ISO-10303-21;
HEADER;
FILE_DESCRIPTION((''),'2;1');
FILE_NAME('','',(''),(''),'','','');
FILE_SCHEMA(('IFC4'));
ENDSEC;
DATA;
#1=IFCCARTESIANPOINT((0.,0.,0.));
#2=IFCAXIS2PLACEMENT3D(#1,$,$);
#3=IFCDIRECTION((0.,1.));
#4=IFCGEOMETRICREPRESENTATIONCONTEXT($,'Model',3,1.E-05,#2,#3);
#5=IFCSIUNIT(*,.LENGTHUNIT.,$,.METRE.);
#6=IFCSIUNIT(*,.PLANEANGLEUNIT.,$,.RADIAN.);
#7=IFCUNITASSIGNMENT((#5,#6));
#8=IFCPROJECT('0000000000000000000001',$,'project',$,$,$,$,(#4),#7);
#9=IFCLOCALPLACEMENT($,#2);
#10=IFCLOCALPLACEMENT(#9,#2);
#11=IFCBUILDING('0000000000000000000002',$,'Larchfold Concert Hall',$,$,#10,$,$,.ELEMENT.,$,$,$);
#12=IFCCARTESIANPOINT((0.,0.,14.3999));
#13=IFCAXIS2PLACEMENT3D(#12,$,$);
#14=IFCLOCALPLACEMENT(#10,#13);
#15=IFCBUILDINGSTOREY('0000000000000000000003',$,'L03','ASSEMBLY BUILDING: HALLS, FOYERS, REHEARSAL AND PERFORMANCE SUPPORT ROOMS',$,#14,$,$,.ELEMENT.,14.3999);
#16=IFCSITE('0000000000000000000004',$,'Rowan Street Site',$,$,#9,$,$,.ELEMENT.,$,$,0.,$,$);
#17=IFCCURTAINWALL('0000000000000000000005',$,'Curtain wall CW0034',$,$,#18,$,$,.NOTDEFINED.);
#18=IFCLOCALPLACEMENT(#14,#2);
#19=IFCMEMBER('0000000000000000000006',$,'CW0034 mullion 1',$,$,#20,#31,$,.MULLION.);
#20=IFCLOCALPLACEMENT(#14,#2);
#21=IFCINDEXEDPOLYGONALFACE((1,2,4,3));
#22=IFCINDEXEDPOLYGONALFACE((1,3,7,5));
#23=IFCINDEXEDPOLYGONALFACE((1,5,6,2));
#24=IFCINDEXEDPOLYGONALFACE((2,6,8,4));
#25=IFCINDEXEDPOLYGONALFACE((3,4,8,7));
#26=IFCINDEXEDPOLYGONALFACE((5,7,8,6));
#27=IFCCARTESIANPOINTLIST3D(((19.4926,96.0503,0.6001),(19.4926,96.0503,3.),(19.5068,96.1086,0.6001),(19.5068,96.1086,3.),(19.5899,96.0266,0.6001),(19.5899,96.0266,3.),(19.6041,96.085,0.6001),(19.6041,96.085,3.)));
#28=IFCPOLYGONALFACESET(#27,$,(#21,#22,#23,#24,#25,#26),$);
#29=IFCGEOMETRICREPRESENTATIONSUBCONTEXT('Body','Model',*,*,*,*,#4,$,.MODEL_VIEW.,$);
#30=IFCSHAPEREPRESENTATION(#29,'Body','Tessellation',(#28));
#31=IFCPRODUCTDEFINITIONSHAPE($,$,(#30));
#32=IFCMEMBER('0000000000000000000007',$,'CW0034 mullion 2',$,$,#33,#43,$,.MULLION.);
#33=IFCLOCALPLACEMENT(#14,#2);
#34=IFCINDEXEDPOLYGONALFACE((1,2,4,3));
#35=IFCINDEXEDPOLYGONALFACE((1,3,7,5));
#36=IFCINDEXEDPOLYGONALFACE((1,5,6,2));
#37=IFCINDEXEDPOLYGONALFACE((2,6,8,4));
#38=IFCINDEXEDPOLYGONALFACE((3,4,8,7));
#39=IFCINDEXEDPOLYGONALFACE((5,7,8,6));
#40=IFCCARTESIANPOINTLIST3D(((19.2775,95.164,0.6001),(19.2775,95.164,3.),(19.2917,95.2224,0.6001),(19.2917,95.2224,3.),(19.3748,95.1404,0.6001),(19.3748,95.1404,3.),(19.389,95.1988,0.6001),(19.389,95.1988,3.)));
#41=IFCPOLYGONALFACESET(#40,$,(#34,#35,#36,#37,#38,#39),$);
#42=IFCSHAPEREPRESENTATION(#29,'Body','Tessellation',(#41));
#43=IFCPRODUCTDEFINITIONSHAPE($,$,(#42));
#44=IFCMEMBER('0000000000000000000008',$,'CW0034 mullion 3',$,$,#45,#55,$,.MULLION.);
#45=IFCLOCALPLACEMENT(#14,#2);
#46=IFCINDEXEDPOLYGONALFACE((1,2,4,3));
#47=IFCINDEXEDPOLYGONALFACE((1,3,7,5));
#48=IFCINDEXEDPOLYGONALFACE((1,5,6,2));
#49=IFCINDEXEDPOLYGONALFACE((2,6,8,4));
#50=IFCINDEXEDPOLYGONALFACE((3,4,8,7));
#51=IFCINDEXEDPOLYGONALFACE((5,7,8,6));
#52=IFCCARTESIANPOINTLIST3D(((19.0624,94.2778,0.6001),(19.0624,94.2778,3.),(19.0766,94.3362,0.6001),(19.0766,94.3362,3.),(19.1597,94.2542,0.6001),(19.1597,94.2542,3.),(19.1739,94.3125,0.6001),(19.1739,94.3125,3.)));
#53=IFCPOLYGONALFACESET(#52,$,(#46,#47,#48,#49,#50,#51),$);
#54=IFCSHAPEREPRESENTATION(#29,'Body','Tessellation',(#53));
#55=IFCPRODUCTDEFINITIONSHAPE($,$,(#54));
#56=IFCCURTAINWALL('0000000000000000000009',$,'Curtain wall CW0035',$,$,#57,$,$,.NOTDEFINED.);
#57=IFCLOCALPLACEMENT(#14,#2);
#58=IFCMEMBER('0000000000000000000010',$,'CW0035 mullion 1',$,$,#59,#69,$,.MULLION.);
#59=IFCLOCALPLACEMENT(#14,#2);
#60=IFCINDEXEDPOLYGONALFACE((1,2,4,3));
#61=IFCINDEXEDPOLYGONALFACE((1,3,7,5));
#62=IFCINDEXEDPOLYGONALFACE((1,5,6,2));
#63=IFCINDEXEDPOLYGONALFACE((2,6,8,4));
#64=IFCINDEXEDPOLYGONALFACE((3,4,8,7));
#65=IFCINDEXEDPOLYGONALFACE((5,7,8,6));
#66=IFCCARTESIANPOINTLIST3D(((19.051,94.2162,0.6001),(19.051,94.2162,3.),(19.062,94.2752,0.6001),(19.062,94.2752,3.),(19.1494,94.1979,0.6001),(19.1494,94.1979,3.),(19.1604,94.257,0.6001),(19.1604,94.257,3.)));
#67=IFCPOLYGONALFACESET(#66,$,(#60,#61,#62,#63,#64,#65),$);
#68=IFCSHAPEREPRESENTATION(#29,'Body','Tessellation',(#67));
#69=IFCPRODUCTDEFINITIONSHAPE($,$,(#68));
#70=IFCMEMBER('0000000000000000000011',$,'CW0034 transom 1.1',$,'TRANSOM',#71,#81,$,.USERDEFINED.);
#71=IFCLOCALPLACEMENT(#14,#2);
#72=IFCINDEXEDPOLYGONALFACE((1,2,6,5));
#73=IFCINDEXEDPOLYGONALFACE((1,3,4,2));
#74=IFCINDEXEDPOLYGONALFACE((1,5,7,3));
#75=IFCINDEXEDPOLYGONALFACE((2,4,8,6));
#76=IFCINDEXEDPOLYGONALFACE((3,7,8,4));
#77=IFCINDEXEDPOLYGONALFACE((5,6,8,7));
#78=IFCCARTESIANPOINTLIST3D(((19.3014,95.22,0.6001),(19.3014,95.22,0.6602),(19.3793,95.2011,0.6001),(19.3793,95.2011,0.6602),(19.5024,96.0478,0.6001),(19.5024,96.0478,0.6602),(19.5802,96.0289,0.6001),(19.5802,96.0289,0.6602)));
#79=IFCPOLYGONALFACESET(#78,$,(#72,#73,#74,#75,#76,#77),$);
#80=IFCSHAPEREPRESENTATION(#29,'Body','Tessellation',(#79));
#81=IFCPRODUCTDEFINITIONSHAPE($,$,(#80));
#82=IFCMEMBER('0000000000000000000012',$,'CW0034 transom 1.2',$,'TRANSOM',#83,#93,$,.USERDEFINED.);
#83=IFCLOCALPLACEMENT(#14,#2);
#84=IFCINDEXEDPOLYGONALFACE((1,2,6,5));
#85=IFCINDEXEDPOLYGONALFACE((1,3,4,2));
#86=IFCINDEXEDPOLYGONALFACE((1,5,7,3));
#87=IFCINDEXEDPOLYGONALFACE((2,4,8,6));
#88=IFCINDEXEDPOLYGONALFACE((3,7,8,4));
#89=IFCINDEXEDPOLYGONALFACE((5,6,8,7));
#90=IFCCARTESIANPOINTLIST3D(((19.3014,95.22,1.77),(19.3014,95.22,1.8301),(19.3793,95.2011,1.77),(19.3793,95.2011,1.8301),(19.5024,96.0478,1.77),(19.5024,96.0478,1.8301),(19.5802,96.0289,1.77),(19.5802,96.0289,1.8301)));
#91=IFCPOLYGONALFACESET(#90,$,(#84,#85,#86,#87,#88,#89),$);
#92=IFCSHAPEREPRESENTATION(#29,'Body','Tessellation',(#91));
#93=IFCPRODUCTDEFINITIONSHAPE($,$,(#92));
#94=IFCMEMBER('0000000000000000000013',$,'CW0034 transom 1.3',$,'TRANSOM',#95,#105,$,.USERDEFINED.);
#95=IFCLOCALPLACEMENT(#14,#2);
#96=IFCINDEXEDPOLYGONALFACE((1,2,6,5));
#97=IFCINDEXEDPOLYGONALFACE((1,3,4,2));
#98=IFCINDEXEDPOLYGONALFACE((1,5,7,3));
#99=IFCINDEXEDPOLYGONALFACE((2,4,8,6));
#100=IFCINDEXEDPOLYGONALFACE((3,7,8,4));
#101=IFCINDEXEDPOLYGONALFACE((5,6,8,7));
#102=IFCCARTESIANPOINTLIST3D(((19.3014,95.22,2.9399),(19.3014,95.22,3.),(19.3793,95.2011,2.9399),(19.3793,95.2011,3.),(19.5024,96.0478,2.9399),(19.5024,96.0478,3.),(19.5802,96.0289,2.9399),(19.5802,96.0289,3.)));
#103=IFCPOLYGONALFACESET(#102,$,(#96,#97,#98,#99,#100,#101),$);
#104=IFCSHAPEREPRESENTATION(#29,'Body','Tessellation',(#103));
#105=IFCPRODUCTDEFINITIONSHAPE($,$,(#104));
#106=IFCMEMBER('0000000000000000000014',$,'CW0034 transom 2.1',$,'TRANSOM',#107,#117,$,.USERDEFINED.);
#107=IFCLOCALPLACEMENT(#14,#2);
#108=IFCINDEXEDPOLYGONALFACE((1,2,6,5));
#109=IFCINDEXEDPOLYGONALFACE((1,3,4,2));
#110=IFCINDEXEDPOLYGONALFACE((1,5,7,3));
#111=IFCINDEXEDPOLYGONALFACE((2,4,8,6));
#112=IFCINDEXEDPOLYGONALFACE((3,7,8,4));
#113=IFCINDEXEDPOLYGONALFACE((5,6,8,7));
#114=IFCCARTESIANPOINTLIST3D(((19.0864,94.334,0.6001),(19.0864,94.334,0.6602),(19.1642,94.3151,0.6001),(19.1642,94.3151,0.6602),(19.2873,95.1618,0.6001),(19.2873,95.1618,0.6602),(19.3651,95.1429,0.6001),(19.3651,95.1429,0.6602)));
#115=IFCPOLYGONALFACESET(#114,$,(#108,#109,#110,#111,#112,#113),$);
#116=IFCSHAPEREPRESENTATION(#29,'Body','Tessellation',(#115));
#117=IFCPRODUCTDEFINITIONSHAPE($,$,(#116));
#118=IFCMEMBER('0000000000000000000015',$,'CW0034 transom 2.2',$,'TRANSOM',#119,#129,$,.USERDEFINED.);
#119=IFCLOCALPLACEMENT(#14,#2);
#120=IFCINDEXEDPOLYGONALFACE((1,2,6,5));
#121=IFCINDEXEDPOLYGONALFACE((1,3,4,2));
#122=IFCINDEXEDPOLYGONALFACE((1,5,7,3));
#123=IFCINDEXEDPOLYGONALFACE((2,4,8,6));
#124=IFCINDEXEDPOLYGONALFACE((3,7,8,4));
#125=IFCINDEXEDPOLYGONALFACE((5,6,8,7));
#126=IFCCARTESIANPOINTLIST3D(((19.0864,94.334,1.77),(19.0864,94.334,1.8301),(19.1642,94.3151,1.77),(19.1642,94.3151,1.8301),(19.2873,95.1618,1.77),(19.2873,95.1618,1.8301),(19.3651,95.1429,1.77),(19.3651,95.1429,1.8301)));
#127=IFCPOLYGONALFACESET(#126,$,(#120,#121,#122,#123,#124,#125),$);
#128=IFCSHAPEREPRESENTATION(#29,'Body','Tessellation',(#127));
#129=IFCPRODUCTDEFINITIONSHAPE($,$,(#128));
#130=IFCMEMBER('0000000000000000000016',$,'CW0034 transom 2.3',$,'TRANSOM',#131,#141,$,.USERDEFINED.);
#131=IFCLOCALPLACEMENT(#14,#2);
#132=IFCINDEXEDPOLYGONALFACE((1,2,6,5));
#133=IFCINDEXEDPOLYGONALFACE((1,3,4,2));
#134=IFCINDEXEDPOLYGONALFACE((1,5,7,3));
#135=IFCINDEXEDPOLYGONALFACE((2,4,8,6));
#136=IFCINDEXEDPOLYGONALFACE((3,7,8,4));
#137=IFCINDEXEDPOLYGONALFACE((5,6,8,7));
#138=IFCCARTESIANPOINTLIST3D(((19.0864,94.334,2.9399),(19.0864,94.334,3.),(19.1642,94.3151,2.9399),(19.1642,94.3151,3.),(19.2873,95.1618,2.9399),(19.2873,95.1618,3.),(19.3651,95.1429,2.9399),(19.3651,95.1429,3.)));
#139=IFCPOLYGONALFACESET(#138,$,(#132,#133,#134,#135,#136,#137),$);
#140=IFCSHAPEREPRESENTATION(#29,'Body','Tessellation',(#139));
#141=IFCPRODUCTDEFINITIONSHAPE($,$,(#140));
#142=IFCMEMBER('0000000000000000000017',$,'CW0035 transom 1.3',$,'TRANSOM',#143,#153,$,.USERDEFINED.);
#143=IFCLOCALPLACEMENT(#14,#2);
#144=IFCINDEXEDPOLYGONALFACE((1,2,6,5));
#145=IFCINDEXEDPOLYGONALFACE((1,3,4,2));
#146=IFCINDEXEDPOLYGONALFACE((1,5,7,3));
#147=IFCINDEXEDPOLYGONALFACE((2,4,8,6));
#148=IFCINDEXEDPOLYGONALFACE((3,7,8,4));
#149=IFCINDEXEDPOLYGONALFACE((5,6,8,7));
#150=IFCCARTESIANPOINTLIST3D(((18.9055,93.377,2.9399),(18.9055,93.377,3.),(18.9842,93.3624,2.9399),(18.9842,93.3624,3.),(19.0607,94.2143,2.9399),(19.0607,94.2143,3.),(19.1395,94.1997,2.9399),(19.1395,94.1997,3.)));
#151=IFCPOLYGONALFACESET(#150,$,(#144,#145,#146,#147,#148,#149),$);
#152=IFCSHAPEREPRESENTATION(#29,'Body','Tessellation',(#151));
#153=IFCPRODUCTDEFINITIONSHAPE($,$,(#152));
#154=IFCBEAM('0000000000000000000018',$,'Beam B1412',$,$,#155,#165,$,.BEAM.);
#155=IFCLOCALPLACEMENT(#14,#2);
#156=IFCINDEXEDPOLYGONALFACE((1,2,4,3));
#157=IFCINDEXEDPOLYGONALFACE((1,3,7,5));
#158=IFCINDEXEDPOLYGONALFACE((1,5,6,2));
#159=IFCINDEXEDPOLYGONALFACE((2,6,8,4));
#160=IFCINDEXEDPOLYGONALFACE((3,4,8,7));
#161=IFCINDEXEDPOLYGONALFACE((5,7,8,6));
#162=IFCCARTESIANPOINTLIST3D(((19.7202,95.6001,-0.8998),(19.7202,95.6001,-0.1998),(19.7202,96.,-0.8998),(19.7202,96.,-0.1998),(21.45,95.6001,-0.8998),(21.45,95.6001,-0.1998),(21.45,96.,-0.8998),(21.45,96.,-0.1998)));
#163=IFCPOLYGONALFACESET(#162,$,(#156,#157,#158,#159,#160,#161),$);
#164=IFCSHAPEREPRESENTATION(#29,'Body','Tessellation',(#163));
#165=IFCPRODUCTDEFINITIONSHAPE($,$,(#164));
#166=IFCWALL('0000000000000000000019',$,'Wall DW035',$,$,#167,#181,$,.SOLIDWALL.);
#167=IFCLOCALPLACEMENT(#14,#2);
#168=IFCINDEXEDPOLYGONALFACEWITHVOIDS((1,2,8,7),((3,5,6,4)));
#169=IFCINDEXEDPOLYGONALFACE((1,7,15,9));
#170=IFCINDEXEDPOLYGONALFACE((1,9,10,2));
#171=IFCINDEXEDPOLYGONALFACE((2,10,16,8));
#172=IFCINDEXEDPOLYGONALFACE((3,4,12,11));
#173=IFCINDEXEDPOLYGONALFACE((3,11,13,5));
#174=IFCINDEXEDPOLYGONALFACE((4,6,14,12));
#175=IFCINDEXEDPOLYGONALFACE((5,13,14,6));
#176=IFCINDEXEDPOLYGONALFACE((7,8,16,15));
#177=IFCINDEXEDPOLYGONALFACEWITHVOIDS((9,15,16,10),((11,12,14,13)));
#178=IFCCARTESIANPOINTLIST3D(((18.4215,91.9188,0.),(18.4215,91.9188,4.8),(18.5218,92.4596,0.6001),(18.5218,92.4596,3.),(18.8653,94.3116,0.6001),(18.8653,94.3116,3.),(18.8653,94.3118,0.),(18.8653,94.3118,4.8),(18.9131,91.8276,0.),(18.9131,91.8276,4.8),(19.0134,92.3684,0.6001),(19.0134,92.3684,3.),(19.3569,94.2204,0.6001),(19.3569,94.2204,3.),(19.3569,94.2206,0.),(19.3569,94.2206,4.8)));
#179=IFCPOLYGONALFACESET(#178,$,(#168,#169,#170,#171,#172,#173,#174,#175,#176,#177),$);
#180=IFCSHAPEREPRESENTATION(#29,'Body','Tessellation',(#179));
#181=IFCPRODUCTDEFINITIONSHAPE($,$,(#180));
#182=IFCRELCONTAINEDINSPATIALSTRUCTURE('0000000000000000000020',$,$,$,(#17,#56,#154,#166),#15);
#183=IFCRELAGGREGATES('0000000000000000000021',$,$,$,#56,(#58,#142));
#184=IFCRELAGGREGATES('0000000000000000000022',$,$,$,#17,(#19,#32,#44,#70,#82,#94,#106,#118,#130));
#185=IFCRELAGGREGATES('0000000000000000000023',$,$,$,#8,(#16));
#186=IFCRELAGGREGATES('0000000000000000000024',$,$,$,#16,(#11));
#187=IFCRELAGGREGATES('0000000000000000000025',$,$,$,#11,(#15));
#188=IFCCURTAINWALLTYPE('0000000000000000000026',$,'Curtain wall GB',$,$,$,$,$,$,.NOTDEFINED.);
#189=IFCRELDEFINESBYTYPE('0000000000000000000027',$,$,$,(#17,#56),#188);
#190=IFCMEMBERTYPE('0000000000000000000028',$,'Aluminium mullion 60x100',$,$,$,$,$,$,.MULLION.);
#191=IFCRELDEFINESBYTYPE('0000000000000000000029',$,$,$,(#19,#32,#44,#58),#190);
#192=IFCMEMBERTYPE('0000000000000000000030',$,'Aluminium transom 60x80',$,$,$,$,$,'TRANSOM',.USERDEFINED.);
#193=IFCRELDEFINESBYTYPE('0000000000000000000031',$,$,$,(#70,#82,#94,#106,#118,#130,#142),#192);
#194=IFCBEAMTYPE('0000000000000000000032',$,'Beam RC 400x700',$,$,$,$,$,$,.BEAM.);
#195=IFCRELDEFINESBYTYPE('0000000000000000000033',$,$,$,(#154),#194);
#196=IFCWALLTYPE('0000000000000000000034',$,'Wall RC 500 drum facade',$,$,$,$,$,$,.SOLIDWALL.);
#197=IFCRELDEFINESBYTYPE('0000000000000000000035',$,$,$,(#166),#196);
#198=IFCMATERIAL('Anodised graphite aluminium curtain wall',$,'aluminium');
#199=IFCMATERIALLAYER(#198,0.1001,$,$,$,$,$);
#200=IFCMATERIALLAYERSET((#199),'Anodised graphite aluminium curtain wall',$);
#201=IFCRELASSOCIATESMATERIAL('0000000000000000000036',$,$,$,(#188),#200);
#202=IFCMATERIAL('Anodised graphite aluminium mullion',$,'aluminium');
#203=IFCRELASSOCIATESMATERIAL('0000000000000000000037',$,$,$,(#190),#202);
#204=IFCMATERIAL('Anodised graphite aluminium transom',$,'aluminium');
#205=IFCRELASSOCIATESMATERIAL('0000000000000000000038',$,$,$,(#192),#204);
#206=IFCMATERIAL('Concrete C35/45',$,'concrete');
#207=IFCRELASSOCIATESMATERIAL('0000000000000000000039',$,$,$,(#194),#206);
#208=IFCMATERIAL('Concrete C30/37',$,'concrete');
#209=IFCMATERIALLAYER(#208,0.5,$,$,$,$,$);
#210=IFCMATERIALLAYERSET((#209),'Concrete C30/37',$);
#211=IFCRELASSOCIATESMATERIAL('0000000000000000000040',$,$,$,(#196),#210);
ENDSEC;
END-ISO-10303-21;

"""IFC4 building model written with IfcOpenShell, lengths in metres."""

from ifc_helpers import new_model, si_unit, direction, frame, frame_2d, origin, origin_2d, place, context, subcontext, project, spatial, rectangle, extrude, material, layer, layer_set, material_profile, profile_set, type_object, element, fill, aggregate, save


model = new_model("IFC4")

# Units and contexts
model_context = context("Model", 3, precision=1e-05, world=origin(), true_north=direction((0.0, 1.0)))
body_context = subcontext(model_context, "Body", "Model", "MODEL_VIEW")
ifc_project = project(units=[si_unit("LENGTHUNIT", "METRE"), si_unit("PLANEANGLEUNIT", "RADIAN")], contexts=[model_context])

# Site, building, storey
site_placement = place(None, origin())
site = spatial("IfcSite", under=ifc_project, at=site_placement, Name="Rowan Street Site", CompositionType="ELEMENT", RefElevation=0.0)
building_placement = place(site_placement, origin())
building = spatial("IfcBuilding", under=site, at=building_placement, Name="Larchfold Concert Hall", CompositionType="ELEMENT")
storey_placement = place(building_placement, frame((0.0, 0.0, 14.3999)))
storey = spatial("IfcBuildingStorey", under=building, at=storey_placement, Name="L03", Description="ASSEMBLY BUILDING: HALLS, FOYERS, REHEARSAL AND PERFORMANCE SUPPORT ROOMS", CompositionType="ELEMENT", Elevation=14.3999)

# Curtain wall, members
ifc_material_1 = material(Name="Anodised graphite aluminium curtain wall", Category="aluminium")
ifc_layer_1 = layer(ifc_material_1, 0.1001)
ifc_layer_set_1 = layer_set([ifc_layer_1], Name="Anodised graphite aluminium curtain wall")
curtain_wall_type = type_object("IfcCurtainWallType", Name="Curtain wall GB", PredefinedType="NOTDEFINED", material=ifc_layer_set_1)
curtain_wall_1_placement = place(storey_placement, origin())
curtain_wall_1 = element("IfcCurtainWall", 1, at=curtain_wall_1_placement, inside=storey, type_object=curtain_wall_type, Name="Curtain wall CW0034", PredefinedType="NOTDEFINED")
ifc_material_2 = material(Name="Anodised graphite aluminium mullion", Category="aluminium")
ifc_material_profile_1 = material_profile(ifc_material_2, rectangle(XDim=0.1001, YDim=0.0601, at=origin_2d()))
ifc_profile_set_1 = profile_set([ifc_material_profile_1], Name="Anodised graphite aluminium mullion")
member_type_1 = type_object("IfcMemberType", Name="Aluminium mullion 60x100", PredefinedType="MULLION", material=ifc_profile_set_1)
member_1_placement = place(storey_placement, frame((19.5483, 96.0676, 0.6001), z_axis=(0.0, 0.0, 1.0), x_axis=(0.971782, -0.235882, 0.0)))
member_1 = element("IfcMember", 2, at=member_1_placement, type_object=member_type_1, Name="CW0034 mullion 1", PredefinedType="MULLION", context=body_context, shape_type="SweptSolid", body=[
    extrude(rectangle(XDim=0.1001, YDim=0.0601, at=origin_2d()), origin(), (0.0, 0.0, 1.0), 2.3999),
])
member_2_placement = place(storey_placement, frame((19.3333, 95.1814, 0.6001), z_axis=(0.0, 0.0, 1.0), x_axis=(0.971782, -0.235882, 0.0)))
member_2 = element("IfcMember", 3, at=member_2_placement, type_object=member_type_1, Name="CW0034 mullion 2", PredefinedType="MULLION", context=body_context, shape_type="SweptSolid", body=[
    extrude(rectangle(XDim=0.1001, YDim=0.0601, at=origin_2d()), origin(), (0.0, 0.0, 1.0), 2.3999),
])
member_3_placement = place(storey_placement, frame((19.1182, 94.2952, 0.6001), z_axis=(0.0, 0.0, 1.0), x_axis=(0.971782, -0.235882, 0.0)))
member_3 = element("IfcMember", 4, at=member_3_placement, type_object=member_type_1, Name="CW0034 mullion 3", PredefinedType="MULLION", context=body_context, shape_type="SweptSolid", body=[
    extrude(rectangle(XDim=0.1001, YDim=0.0601, at=origin_2d()), origin(), (0.0, 0.0, 1.0), 2.3999),
])

# Curtain wall, member
curtain_wall_2_placement = place(storey_placement, origin())
curtain_wall_2 = element("IfcCurtainWall", 5, at=curtain_wall_2_placement, inside=storey, type_object=curtain_wall_type, Name="Curtain wall CW0035", PredefinedType="NOTDEFINED")
member_4_placement = place(storey_placement, frame((19.1057, 94.2366, 0.6001), z_axis=(0.0, 0.0, 1.0), x_axis=(0.983231, -0.182363, 0.0)))
member_4 = element("IfcMember", 6, at=member_4_placement, type_object=member_type_1, Name="CW0035 mullion 1", PredefinedType="MULLION", context=body_context, shape_type="SweptSolid", body=[
    extrude(rectangle(XDim=0.1001, YDim=0.0601, at=origin_2d()), origin(), (0.0, 0.0, 1.0), 2.3999),
])

# Members
ifc_material_3 = material(Name="Anodised graphite aluminium transom", Category="aluminium")
ifc_material_profile_2 = material_profile(ifc_material_3, rectangle(XDim=0.0801, YDim=0.0601, at=origin_2d()))
ifc_profile_set_2 = profile_set([ifc_material_profile_2], Name="Anodised graphite aluminium transom")
member_type_2 = type_object("IfcMemberType", Name="Aluminium transom 60x80", ElementType="TRANSOM", PredefinedType="USERDEFINED", material=ifc_profile_set_2)
member_5_placement = place(storey_placement, frame((19.5413, 96.0383, 0.6301), z_axis=(-0.235854, -0.971788, 0.0), x_axis=(0.971788, -0.235854, 0.0)))
member_5 = element("IfcMember", 7, at=member_5_placement, type_object=member_type_2, Name="CW0034 transom 1.1", ObjectType="TRANSOM", PredefinedType="USERDEFINED", context=body_context, shape_type="SweptSolid", body=[
    extrude(rectangle(XDim=0.0801, YDim=0.0601, at=origin_2d()), origin(), (0.0, 0.0, 1.0), 0.8518),
])
member_6_placement = place(storey_placement, frame((19.5413, 96.0383, 1.8), z_axis=(-0.235854, -0.971788, 0.0), x_axis=(0.971788, -0.235854, 0.0)))
member_6 = element("IfcMember", 8, at=member_6_placement, type_object=member_type_2, Name="CW0034 transom 1.2", ObjectType="TRANSOM", PredefinedType="USERDEFINED", context=body_context, shape_type="SweptSolid", body=[
    extrude(rectangle(XDim=0.0801, YDim=0.0601, at=origin_2d()), origin(), (0.0, 0.0, 1.0), 0.8518),
])
member_7_placement = place(storey_placement, frame((19.5413, 96.0383, 2.97), z_axis=(-0.235854, -0.971788, 0.0), x_axis=(0.971788, -0.235854, 0.0)))
member_7 = element("IfcMember", 9, at=member_7_placement, type_object=member_type_2, Name="CW0034 transom 1.3", ObjectType="TRANSOM", PredefinedType="USERDEFINED", context=body_context, shape_type="SweptSolid", body=[
    extrude(rectangle(XDim=0.0801, YDim=0.0601, at=origin_2d()), origin(), (0.0, 0.0, 1.0), 0.8518),
])
member_8_placement = place(storey_placement, frame((19.3262, 95.1523, 0.6301), z_axis=(-0.235854, -0.971788, 0.0), x_axis=(0.971788, -0.235854, 0.0)))
member_8 = element("IfcMember", 10, at=member_8_placement, type_object=member_type_2, Name="CW0034 transom 2.1", ObjectType="TRANSOM", PredefinedType="USERDEFINED", context=body_context, shape_type="SweptSolid", body=[
    extrude(rectangle(XDim=0.0801, YDim=0.0601, at=origin_2d()), origin(), (0.0, 0.0, 1.0), 0.8518),
])
member_9_placement = place(storey_placement, frame((19.3262, 95.1523, 1.8), z_axis=(-0.235854, -0.971788, 0.0), x_axis=(0.971788, -0.235854, 0.0)))
member_9 = element("IfcMember", 11, at=member_9_placement, type_object=member_type_2, Name="CW0034 transom 2.2", ObjectType="TRANSOM", PredefinedType="USERDEFINED", context=body_context, shape_type="SweptSolid", body=[
    extrude(rectangle(XDim=0.0801, YDim=0.0601, at=origin_2d()), origin(), (0.0, 0.0, 1.0), 0.8518),
])
member_10_placement = place(storey_placement, frame((19.3262, 95.1523, 2.97), z_axis=(-0.235854, -0.971788, 0.0), x_axis=(0.971788, -0.235854, 0.0)))
member_10 = element("IfcMember", 12, at=member_10_placement, type_object=member_type_2, Name="CW0034 transom 2.3", ObjectType="TRANSOM", PredefinedType="USERDEFINED", context=body_context, shape_type="SweptSolid", body=[
    extrude(rectangle(XDim=0.0801, YDim=0.0601, at=origin_2d()), origin(), (0.0, 0.0, 1.0), 0.8518),
])
member_11_placement = place(storey_placement, frame((19.1001, 94.207, 2.97), z_axis=(-0.182315, -0.98324, 0.0), x_axis=(0.98324, -0.182315, 0.0)))
member_11 = element("IfcMember", 13, at=member_11_placement, type_object=member_type_2, Name="CW0035 transom 1.3", ObjectType="TRANSOM", PredefinedType="USERDEFINED", context=body_context, shape_type="SweptSolid", body=[
    extrude(rectangle(XDim=0.0801, YDim=0.0601, at=origin_2d()), origin(), (0.0, 0.0, 1.0), 0.8516),
])
aggregate(curtain_wall_2, [member_4, member_11])

# Beam
ifc_material_4 = material(Name="Concrete C35/45", Category="concrete")
ifc_material_profile_3 = material_profile(ifc_material_4, rectangle(XDim=0.3999, YDim=0.7, at=origin_2d()))
ifc_profile_set_3 = profile_set([ifc_material_profile_3], Name="Concrete C35/45")
beam_type = type_object("IfcBeamType", Name="Beam RC 400x700", PredefinedType="BEAM", material=ifc_profile_set_3)
beam_placement = place(storey_placement, frame((19.7202, 95.8, -0.5498), z_axis=(1.0, 0.0, 0.0), x_axis=(0.0, 1.0, 0.0)))
element("IfcBeam", 14, at=beam_placement, inside=storey, type_object=beam_type, Name="Beam B1412", PredefinedType="BEAM", context=body_context, shape_type="SweptSolid", body=[
    extrude(rectangle(XDim=0.3999, YDim=0.7, at=origin_2d()), origin(), (0.0, 0.0, 1.0), 1.7297),
])

aggregate(curtain_wall_1, [member_1, member_2, member_3, member_5, member_6, member_7, member_8, member_9, member_10])

# Wall, opening
ifc_material_5 = material(Name="Concrete C30/37", Category="concrete")
ifc_layer_2 = layer(ifc_material_5, 0.5)
ifc_layer_set_2 = layer_set([ifc_layer_2], Name="Concrete C30/37")
wall_type = type_object("IfcWallType", Name="Wall RC 500 drum facade", PredefinedType="SOLIDWALL", material=ifc_layer_set_2)
wall_placement = place(storey_placement, frame((19.1111, 94.2661, 0.0), z_axis=(0.0, 0.0, 1.0), x_axis=(-0.182362, -0.983231, 0.0)))
wall = element("IfcWall", 15, at=wall_placement, inside=storey, type_object=wall_type, Name="Wall DW035", PredefinedType="SOLIDWALL", context=body_context, shape_type="SweptSolid", body=[
    extrude(rectangle(XDim=2.4338, YDim=0.5, at=frame_2d((1.2168, 0.0))), origin(), (0.0, 0.0, 1.0), 4.8),
])
opening_placement = place(wall_placement, frame((0.0, 0.0, 0.6001)))
opening = element("IfcOpeningElement", 16, at=opening_placement, cuts=wall, PredefinedType="OPENING", context=body_context, shape_type="SweptSolid", body=[
    extrude(rectangle(XDim=1.8835, YDim=2.3999, at=frame_2d((0.9419, 1.2))), frame((0.0, 0.26, 0.0), z_axis=(0.0, -1.0, 0.0), x_axis=(1.0, 0.0, 0.0)), (0.0, 0.0, 1.0), 0.52),
])
fill(opening, curtain_wall_2)

save(model, "model.ifc")
